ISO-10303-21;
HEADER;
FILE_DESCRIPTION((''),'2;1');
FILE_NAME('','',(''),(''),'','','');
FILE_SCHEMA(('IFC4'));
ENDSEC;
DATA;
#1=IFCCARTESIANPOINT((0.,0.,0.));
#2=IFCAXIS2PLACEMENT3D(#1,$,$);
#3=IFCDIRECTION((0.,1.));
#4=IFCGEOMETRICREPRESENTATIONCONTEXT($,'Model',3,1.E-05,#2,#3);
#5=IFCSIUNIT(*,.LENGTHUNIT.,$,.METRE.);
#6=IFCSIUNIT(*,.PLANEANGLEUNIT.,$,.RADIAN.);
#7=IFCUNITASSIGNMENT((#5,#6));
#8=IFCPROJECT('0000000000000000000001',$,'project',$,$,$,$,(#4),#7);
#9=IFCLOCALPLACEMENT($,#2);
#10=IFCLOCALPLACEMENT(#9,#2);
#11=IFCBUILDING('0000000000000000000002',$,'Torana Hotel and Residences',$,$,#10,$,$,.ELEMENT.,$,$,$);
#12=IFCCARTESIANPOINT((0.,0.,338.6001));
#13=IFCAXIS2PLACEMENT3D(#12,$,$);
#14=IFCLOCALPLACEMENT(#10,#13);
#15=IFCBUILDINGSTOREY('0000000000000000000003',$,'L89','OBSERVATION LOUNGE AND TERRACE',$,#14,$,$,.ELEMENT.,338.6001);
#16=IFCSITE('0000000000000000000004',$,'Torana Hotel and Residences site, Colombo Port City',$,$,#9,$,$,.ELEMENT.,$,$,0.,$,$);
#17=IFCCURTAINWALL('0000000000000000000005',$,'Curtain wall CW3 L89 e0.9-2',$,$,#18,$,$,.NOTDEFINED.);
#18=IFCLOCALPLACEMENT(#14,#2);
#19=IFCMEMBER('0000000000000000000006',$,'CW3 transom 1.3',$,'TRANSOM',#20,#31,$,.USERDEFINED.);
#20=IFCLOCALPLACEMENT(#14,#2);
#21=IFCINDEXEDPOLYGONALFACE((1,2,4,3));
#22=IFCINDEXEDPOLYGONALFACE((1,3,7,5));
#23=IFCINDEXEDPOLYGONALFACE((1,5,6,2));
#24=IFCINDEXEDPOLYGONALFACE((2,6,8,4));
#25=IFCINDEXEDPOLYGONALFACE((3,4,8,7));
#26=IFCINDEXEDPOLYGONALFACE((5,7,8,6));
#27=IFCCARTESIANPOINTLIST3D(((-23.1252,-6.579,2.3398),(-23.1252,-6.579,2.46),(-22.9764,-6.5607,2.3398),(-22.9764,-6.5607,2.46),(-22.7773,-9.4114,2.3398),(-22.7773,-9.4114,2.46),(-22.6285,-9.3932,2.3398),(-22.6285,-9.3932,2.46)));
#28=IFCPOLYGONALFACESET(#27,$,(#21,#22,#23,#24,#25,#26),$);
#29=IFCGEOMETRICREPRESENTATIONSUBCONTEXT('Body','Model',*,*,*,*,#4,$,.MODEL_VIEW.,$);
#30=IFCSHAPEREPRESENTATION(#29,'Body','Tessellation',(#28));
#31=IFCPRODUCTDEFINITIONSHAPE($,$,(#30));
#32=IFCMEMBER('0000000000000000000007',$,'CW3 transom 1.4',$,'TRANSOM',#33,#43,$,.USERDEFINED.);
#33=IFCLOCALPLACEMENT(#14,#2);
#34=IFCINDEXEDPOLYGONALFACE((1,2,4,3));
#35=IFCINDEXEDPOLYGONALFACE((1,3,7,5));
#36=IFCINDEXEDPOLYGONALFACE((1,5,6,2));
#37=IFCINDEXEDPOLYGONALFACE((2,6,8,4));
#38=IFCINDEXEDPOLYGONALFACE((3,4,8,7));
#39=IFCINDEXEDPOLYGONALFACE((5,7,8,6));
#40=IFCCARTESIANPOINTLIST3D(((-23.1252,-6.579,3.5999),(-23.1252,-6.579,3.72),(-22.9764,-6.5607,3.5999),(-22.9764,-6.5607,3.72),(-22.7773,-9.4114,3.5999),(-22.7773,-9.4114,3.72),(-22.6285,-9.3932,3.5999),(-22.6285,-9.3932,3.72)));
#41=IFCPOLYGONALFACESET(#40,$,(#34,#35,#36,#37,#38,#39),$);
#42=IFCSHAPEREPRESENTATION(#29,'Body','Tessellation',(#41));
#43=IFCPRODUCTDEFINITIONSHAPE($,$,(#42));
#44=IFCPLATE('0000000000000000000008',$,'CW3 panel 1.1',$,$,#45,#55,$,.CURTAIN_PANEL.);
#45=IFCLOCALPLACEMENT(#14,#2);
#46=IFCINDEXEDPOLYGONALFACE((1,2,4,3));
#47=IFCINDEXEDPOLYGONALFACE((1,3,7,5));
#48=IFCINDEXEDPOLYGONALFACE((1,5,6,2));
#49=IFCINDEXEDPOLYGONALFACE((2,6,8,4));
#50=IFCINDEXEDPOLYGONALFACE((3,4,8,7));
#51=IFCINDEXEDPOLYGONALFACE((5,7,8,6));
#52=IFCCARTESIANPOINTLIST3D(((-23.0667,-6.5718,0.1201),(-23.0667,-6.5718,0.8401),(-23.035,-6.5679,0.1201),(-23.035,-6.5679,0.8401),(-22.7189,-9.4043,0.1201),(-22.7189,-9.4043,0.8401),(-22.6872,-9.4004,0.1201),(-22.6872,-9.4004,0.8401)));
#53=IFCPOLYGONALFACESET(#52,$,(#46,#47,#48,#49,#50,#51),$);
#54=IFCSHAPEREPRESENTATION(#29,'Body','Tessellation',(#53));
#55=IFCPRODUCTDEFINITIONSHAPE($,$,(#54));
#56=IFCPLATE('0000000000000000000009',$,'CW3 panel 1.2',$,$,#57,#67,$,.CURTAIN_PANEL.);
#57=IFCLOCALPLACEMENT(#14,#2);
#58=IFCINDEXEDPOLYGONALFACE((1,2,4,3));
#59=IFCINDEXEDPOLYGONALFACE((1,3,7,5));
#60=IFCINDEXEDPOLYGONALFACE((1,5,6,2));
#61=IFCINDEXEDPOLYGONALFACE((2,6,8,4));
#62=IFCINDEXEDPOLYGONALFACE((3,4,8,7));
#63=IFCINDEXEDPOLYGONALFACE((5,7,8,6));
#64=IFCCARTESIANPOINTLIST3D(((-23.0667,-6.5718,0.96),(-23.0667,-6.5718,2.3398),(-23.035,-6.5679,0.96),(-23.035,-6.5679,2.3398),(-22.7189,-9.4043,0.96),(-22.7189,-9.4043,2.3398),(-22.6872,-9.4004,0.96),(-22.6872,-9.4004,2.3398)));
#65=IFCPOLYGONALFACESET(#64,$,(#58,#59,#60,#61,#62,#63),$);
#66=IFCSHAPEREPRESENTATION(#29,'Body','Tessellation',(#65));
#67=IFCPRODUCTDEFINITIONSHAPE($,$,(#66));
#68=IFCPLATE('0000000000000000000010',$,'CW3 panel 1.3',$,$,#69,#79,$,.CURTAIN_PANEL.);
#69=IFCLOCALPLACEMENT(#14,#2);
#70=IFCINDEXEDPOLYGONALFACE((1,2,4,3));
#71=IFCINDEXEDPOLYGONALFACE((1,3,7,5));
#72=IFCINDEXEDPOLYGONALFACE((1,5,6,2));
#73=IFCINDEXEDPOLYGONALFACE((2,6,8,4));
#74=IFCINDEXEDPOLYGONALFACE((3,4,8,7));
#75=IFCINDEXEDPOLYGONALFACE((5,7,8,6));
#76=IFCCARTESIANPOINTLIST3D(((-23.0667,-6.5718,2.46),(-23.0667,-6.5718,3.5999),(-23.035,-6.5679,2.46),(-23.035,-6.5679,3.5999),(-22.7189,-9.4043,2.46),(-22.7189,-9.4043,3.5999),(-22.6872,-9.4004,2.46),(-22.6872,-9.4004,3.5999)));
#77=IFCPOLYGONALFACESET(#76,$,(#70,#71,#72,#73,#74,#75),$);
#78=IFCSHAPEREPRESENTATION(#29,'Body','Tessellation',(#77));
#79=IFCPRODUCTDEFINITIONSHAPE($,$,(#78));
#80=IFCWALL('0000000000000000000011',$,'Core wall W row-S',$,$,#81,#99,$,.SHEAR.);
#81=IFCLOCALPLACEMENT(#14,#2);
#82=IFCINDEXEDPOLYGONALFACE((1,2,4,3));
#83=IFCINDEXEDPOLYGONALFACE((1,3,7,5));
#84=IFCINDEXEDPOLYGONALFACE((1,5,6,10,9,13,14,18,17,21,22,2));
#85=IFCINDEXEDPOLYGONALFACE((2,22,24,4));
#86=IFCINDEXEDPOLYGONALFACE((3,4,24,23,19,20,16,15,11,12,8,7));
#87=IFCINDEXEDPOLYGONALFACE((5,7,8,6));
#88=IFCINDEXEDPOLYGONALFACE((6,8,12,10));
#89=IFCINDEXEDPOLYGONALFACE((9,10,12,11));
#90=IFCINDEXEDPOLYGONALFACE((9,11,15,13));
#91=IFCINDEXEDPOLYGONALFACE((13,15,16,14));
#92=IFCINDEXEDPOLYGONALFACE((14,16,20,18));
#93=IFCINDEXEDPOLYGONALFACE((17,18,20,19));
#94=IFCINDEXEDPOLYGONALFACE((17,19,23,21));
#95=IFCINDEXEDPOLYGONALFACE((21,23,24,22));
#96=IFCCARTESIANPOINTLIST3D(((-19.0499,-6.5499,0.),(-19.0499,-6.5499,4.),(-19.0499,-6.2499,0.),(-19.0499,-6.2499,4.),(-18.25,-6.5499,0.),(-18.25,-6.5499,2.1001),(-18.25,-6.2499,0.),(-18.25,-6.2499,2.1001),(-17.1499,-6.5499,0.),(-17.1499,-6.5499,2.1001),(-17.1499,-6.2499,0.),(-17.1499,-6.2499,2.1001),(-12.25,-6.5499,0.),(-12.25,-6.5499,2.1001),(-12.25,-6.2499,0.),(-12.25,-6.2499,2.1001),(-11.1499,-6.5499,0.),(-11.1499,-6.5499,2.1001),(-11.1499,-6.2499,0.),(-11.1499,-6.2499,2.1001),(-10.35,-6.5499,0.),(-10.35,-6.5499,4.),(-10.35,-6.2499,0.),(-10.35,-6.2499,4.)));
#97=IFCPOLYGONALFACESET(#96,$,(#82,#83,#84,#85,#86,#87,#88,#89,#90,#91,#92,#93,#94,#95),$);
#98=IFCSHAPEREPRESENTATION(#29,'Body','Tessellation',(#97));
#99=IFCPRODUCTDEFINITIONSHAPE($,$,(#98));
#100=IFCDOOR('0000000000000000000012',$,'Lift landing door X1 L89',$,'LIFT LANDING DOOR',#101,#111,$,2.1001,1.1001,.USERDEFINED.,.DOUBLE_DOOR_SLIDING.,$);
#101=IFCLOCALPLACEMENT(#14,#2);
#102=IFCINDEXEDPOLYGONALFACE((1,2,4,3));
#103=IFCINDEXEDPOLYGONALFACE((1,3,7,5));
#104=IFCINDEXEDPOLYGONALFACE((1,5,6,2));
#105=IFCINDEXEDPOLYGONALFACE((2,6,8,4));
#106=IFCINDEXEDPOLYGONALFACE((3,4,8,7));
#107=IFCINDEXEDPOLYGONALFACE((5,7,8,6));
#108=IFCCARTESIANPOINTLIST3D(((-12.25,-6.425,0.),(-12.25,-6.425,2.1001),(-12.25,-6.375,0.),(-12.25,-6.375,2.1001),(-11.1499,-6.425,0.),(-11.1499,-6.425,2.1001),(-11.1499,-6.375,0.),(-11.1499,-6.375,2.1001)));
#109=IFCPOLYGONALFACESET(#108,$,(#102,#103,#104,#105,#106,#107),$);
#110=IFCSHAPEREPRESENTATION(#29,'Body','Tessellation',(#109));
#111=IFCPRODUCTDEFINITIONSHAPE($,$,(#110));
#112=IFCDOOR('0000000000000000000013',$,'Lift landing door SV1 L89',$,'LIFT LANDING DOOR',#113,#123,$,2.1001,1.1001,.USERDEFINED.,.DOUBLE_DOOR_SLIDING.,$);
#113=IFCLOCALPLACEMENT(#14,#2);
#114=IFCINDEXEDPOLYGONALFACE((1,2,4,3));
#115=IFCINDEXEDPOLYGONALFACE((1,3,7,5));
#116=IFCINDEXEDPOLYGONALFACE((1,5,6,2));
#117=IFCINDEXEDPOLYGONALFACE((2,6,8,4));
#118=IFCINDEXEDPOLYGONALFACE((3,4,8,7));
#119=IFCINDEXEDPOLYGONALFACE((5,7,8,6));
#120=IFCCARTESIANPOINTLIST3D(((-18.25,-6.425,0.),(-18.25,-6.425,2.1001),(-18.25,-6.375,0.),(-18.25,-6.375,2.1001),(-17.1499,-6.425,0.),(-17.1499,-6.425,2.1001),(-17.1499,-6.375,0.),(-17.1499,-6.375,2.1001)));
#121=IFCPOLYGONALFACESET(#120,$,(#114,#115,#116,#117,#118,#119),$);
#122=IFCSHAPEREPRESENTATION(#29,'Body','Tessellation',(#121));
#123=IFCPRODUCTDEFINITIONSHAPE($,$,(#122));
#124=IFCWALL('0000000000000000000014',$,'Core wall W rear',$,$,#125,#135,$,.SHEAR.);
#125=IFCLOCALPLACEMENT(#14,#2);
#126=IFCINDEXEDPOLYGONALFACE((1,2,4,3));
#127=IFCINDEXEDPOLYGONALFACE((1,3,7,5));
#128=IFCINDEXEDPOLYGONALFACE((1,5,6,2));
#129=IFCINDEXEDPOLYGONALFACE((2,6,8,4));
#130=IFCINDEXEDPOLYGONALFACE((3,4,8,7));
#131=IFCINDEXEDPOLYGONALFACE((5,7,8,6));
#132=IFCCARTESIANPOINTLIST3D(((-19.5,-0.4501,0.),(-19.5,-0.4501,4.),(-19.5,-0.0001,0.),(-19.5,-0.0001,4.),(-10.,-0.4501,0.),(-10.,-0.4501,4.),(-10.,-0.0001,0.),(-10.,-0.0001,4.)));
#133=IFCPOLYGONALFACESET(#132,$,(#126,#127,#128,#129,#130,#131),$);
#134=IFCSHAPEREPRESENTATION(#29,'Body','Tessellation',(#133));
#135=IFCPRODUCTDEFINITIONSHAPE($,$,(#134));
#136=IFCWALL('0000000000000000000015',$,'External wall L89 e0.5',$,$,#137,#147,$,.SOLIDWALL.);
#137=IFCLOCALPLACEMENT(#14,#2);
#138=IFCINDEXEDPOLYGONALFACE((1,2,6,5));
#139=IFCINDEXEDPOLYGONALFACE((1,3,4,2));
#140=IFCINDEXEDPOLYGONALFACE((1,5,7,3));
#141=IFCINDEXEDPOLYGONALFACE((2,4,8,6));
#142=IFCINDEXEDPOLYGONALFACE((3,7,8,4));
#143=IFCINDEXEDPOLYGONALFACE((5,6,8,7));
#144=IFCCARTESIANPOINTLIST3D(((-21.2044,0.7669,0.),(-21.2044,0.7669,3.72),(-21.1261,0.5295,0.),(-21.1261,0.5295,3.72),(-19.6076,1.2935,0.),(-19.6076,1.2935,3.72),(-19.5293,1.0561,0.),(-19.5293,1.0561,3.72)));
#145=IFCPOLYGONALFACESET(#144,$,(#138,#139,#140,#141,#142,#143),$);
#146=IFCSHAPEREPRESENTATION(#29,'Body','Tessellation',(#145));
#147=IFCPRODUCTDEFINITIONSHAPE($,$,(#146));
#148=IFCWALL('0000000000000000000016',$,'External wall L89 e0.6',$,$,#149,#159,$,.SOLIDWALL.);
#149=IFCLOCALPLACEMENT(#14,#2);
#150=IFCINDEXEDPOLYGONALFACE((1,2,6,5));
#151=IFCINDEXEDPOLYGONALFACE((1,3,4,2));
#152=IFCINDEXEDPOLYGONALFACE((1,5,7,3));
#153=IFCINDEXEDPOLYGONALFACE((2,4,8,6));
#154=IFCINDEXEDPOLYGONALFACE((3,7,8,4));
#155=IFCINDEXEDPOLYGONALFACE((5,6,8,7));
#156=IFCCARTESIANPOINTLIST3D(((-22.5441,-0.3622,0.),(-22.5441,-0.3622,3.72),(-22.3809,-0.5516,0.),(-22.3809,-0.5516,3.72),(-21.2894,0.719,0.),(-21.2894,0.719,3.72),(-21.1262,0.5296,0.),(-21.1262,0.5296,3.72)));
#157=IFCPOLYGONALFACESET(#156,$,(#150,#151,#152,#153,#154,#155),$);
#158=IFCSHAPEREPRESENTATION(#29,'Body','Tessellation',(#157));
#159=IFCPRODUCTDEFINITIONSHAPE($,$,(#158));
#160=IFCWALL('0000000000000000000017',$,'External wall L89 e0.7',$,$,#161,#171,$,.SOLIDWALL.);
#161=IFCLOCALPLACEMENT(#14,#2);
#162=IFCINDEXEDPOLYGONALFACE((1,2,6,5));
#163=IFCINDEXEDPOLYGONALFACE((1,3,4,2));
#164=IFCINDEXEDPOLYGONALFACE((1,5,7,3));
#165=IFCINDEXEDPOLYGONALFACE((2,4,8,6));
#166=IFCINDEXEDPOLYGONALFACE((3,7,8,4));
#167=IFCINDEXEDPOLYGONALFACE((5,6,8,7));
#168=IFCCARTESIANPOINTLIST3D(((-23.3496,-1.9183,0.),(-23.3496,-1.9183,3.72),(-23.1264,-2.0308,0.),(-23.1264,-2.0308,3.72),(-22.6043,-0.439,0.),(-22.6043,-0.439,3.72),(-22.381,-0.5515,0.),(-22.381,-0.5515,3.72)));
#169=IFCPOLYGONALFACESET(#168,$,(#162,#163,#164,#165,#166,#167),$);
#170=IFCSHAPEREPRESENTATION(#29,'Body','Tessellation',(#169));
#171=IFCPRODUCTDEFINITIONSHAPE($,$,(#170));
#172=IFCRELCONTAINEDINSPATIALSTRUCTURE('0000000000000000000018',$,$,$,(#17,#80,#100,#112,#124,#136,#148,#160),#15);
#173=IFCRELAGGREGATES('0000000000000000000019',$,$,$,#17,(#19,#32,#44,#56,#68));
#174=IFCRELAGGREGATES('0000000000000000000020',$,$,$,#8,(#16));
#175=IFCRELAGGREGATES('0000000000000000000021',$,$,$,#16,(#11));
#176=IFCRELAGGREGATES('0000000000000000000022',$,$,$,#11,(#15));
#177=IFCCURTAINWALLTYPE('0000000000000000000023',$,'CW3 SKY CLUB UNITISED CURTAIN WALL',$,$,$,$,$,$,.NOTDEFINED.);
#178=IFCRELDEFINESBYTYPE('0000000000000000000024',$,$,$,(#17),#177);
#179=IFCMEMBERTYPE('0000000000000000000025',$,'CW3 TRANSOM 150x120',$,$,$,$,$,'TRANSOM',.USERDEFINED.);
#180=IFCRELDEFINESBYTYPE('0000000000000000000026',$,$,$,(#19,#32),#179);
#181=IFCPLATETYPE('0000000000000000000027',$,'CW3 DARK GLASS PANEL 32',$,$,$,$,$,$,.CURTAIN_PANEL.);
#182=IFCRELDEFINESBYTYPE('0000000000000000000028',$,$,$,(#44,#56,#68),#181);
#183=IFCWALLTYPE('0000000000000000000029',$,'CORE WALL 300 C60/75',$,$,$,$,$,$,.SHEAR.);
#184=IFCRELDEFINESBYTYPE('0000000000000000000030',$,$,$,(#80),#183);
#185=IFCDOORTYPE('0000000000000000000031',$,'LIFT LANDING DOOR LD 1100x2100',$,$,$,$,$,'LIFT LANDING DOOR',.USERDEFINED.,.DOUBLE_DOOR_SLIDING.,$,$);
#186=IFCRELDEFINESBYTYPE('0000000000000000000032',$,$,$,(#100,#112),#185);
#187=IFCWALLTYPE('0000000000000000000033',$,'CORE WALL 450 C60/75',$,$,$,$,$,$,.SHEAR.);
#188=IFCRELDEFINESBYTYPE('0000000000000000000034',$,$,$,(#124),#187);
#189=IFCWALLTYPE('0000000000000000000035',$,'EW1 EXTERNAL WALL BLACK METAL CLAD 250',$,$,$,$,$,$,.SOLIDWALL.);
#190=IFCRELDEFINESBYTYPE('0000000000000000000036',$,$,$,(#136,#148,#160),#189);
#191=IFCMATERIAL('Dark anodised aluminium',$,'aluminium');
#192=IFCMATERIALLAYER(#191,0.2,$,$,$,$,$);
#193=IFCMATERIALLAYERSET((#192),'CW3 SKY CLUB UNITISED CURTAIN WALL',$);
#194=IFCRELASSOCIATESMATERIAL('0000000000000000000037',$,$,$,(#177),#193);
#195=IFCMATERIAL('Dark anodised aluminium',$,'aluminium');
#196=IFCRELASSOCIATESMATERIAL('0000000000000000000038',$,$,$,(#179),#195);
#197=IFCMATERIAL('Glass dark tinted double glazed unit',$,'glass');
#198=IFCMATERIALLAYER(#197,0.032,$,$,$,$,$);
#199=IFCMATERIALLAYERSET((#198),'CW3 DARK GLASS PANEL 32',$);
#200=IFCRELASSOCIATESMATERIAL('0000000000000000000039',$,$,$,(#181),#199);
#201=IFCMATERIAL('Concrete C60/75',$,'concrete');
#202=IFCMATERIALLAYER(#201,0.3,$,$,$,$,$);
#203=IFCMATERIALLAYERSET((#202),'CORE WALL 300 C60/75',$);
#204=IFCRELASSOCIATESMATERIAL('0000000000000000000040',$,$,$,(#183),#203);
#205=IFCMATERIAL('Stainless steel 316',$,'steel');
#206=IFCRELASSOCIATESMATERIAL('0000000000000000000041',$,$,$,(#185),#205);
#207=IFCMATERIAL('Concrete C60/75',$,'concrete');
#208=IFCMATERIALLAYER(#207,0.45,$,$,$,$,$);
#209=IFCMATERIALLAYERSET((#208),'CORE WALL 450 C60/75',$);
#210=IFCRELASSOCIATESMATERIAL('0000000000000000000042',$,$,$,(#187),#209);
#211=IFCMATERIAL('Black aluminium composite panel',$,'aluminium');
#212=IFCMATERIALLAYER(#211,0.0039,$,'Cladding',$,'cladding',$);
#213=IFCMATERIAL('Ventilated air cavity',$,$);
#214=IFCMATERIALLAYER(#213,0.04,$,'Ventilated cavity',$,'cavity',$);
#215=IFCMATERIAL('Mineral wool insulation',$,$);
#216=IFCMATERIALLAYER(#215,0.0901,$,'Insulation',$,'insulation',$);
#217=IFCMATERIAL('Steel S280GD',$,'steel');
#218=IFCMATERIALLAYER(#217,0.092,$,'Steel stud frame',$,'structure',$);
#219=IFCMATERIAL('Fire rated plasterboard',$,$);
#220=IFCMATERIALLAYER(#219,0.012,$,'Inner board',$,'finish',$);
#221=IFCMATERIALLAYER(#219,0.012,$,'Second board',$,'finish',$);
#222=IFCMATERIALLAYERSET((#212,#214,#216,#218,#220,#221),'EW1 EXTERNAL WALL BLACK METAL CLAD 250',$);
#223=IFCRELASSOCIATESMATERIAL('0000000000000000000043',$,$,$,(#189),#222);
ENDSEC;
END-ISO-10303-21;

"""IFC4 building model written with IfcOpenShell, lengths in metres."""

from ifc_helpers import new_model, si_unit, direction, frame, frame_2d, origin, origin_2d, place, context, subcontext, project, spatial, rectangle, extrude, material, layer, layer_set, material_profile, profile_set, type_object, element, fill, aggregate, save


model = new_model("IFC4")

# Units and contexts
model_context = context("Model", 3, precision=1e-05, world=origin(), true_north=direction((0.0, 1.0)))
body_context = subcontext(model_context, "Body", "Model", "MODEL_VIEW")
ifc_project = project(units=[si_unit("LENGTHUNIT", "METRE"), si_unit("PLANEANGLEUNIT", "RADIAN")], contexts=[model_context])

# Site, building, storey
site_placement = place(None, origin())
site = spatial("IfcSite", under=ifc_project, at=site_placement, Name="Torana Hotel and Residences site, Colombo Port City", CompositionType="ELEMENT", RefElevation=0.0)
building_placement = place(site_placement, origin())
building = spatial("IfcBuilding", under=site, at=building_placement, Name="Torana Hotel and Residences", CompositionType="ELEMENT")
storey_placement = place(building_placement, frame((0.0, 0.0, 338.6001)))
storey = spatial("IfcBuildingStorey", under=building, at=storey_placement, Name="L89", Description="OBSERVATION LOUNGE AND TERRACE", CompositionType="ELEMENT", Elevation=338.6001)

# Curtain wall, members, plates
ifc_material_1 = material(Name="Dark anodised aluminium", Category="aluminium")
ifc_layer_1 = layer(ifc_material_1, 0.2)
ifc_layer_set_1 = layer_set([ifc_layer_1], Name="CW3 SKY CLUB UNITISED CURTAIN WALL")
curtain_wall_type = type_object("IfcCurtainWallType", Name="CW3 SKY CLUB UNITISED CURTAIN WALL", PredefinedType="NOTDEFINED", material=ifc_layer_set_1)
curtain_wall_placement = place(storey_placement, origin())
curtain_wall = element("IfcCurtainWall", 1, at=curtain_wall_placement, inside=storey, type_object=curtain_wall_type, Name="Curtain wall CW3 L89 e0.9-2", PredefinedType="NOTDEFINED")
ifc_material_2 = material(Name="Dark anodised aluminium", Category="aluminium")
ifc_material_profile_1 = material_profile(ifc_material_2, rectangle(XDim=0.1499, YDim=0.1201, at=origin_2d()), Name="CW3 TRANSOM 150x120")
ifc_profile_set_1 = profile_set([ifc_material_profile_1], Name="Dark anodised aluminium")
member_type_1 = type_object("IfcMemberType", Name="CW3 TRANSOM 150x120", ElementType="TRANSOM", PredefinedType="USERDEFINED", material=ifc_profile_set_1)
member_1_placement = place(storey_placement, frame((-23.0508, -6.5698, 2.3999), z_axis=(0.121908, -0.992541, 0.0), x_axis=(0.992541, 0.121908, 0.0)))
member_1 = element("IfcMember", 2, at=member_1_placement, type_object=member_type_1, Name="CW3 transom 1.3", ObjectType="TRANSOM", PredefinedType="USERDEFINED", context=body_context, shape_type="SweptSolid", body=[
    extrude(rectangle(XDim=0.1499, YDim=0.1201, at=origin_2d()), origin(), (0.0, 0.0, 1.0), 2.8538),
])
member_2_placement = place(storey_placement, frame((-23.0508, -6.5698, 3.6599), z_axis=(0.121908, -0.992541, 0.0), x_axis=(0.992541, 0.121908, 0.0)))
member_2 = element("IfcMember", 3, at=member_2_placement, type_object=member_type_1, Name="CW3 transom 1.4", ObjectType="TRANSOM", PredefinedType="USERDEFINED", context=body_context, shape_type="SweptSolid", body=[
    extrude(rectangle(XDim=0.1499, YDim=0.1201, at=origin_2d()), origin(), (0.0, 0.0, 1.0), 2.8538),
])
ifc_material_3 = material(Name="Glass dark tinted double glazed unit", Category="glass")
ifc_layer_2 = layer(ifc_material_3, 0.032)
ifc_layer_set_2 = layer_set([ifc_layer_2], Name="CW3 DARK GLASS PANEL 32")
plate_type = type_object("IfcPlateType", Name="CW3 DARK GLASS PANEL 32", PredefinedType="CURTAIN_PANEL", material=ifc_layer_set_2)
plate_1_placement = place(storey_placement, frame((-22.877, -7.9861, 0.1201), z_axis=(0.0, 0.0, 1.0), x_axis=(0.121876, -0.992545, 0.0)))
plate_1 = element("IfcPlate", 4, at=plate_1_placement, type_object=plate_type, Name="CW3 panel 1.1", PredefinedType="CURTAIN_PANEL", context=body_context, shape_type="SweptSolid", body=[
    extrude(rectangle(XDim=2.8538, YDim=0.032, at=origin_2d()), origin(), (0.0, 0.0, 1.0), 0.72),
])
plate_2_placement = place(storey_placement, frame((-22.877, -7.9861, 0.96), z_axis=(0.0, 0.0, 1.0), x_axis=(0.121876, -0.992545, 0.0)))
plate_2 = element("IfcPlate", 5, at=plate_2_placement, type_object=plate_type, Name="CW3 panel 1.2", PredefinedType="CURTAIN_PANEL", context=body_context, shape_type="SweptSolid", body=[
    extrude(rectangle(XDim=2.8538, YDim=0.032, at=origin_2d()), origin(), (0.0, 0.0, 1.0), 1.3799),
])
plate_3_placement = place(storey_placement, frame((-22.877, -7.9861, 2.46), z_axis=(0.0, 0.0, 1.0), x_axis=(0.121876, -0.992545, 0.0)))
plate_3 = element("IfcPlate", 6, at=plate_3_placement, type_object=plate_type, Name="CW3 panel 1.3", PredefinedType="CURTAIN_PANEL", context=body_context, shape_type="SweptSolid", body=[
    extrude(rectangle(XDim=2.8538, YDim=0.032, at=origin_2d()), origin(), (0.0, 0.0, 1.0), 1.1399),
])
aggregate(curtain_wall, [member_1, member_2, plate_1, plate_2, plate_3])

# Wall, openings, doors
ifc_material_4 = material(Name="Concrete C60/75", Category="concrete")
ifc_layer_3 = layer(ifc_material_4, 0.3)
ifc_layer_set_3 = layer_set([ifc_layer_3], Name="CORE WALL 300 C60/75")
wall_type_1 = type_object("IfcWallType", Name="CORE WALL 300 C60/75", PredefinedType="SHEAR", material=ifc_layer_set_3)
wall_1_placement = place(storey_placement, frame((-19.05, -6.3999, 0.0), z_axis=(0.0, 0.0, 1.0), x_axis=(1.0, 0.0, 0.0)))
wall_1 = element("IfcWall", 7, at=wall_1_placement, inside=storey, type_object=wall_type_1, Name="Core wall W row-S", PredefinedType="SHEAR", context=body_context, shape_type="SweptSolid", body=[
    extrude(rectangle(XDim=8.7, YDim=0.3, at=frame_2d((4.3501, 0.0))), origin(), (0.0, 0.0, 1.0), 4.0),
])
opening_1_placement = place(wall_1_placement, frame((6.8, 0.0, 0.0)))
opening_1 = element("IfcOpeningElement", 8, at=opening_1_placement, cuts=wall_1, PredefinedType="OPENING", context=body_context, shape_type="SweptSolid", body=[
    extrude(rectangle(XDim=1.1001, YDim=2.1001, at=frame_2d((0.55, 1.05))), frame((0.0, 0.1599, 0.0), z_axis=(0.0, -1.0, 0.0), x_axis=(1.0, 0.0, 0.0)), (0.0, 0.0, 1.0), 0.3201),
])
opening_2_placement = place(wall_1_placement, frame((0.8, 0.0, 0.0)))
opening_2 = element("IfcOpeningElement", 9, at=opening_2_placement, cuts=wall_1, PredefinedType="OPENING", context=body_context, shape_type="SweptSolid", body=[
    extrude(rectangle(XDim=1.1001, YDim=2.1001, at=frame_2d((0.55, 1.05))), frame((0.0, 0.1599, 0.0), z_axis=(0.0, -1.0, 0.0), x_axis=(1.0, 0.0, 0.0)), (0.0, 0.0, 1.0), 0.3201),
])
ifc_material_5 = material(Name="Stainless steel 316", Category="steel")
door_type_1 = type_object("IfcDoorType", Name="LIFT LANDING DOOR LD 1100x2100", ElementType="LIFT LANDING DOOR", OperationType="DOUBLE_DOOR_SLIDING", PredefinedType="USERDEFINED", material=ifc_material_5)
door_1_placement = place(opening_1_placement, origin())
door_1 = element("IfcDoor", 10, at=door_1_placement, inside=storey, type_object=door_type_1, Name="Lift landing door X1 L89", ObjectType="LIFT LANDING DOOR", OperationType="DOUBLE_DOOR_SLIDING", OverallHeight=2.1001, OverallWidth=1.1001, PredefinedType="USERDEFINED", context=body_context, shape_type="SweptSolid", body=[
    extrude(rectangle(XDim=1.1001, YDim=2.1001, at=frame_2d((0.55, 1.05))), frame((0.0, 0.0249, 0.0), z_axis=(0.0, -1.0, 0.0), x_axis=(1.0, 0.0, 0.0)), (0.0, 0.0, 1.0), 0.05),
])
fill(opening_1, door_1)
door_2_placement = place(opening_2_placement, origin())
door_2 = element("IfcDoor", 11, at=door_2_placement, inside=storey, type_object=door_type_1, Name="Lift landing door SV1 L89", ObjectType="LIFT LANDING DOOR", OperationType="DOUBLE_DOOR_SLIDING", OverallHeight=2.1001, OverallWidth=1.1001, PredefinedType="USERDEFINED", context=body_context, shape_type="SweptSolid", body=[
    extrude(rectangle(XDim=1.1001, YDim=2.1001, at=frame_2d((0.55, 1.05))), frame((0.0, 0.0249, 0.0), z_axis=(0.0, -1.0, 0.0), x_axis=(1.0, 0.0, 0.0)), (0.0, 0.0, 1.0), 0.05),
])
fill(opening_2, door_2)

# Walls
ifc_material_6 = material(Name="Concrete C60/75", Category="concrete")
ifc_layer_4 = layer(ifc_material_6, 0.45)
ifc_layer_set_4 = layer_set([ifc_layer_4], Name="CORE WALL 450 C60/75")
wall_type_2 = type_object("IfcWallType", Name="CORE WALL 450 C60/75", PredefinedType="SHEAR", material=ifc_layer_set_4)
wall_2_placement = place(storey_placement, frame((-19.5, -0.2251, 0.0), z_axis=(0.0, 0.0, 1.0), x_axis=(1.0, 0.0, 0.0)))
element("IfcWall", 12, at=wall_2_placement, inside=storey, type_object=wall_type_2, Name="Core wall W rear", PredefinedType="SHEAR", context=body_context, shape_type="SweptSolid", body=[
    extrude(rectangle(XDim=9.5, YDim=0.45, at=frame_2d((4.75, 0.0))), origin(), (0.0, 0.0, 1.0), 4.0),
])
ifc_material_7 = material(Name="Black aluminium composite panel", Category="aluminium")
ifc_layer_5 = layer(ifc_material_7, 0.0039, Name="Cladding", Category="cladding")
ifc_material_8 = material(Name="Ventilated air cavity")
ifc_layer_6 = layer(ifc_material_8, 0.04, Name="Ventilated cavity", Category="cavity")
ifc_material_9 = material(Name="Mineral wool insulation")
ifc_layer_7 = layer(ifc_material_9, 0.0901, Name="Insulation", Category="insulation")
ifc_material_10 = material(Name="Steel S280GD", Category="steel")
ifc_layer_8 = layer(ifc_material_10, 0.092, Name="Steel stud frame", Category="structure")
ifc_material_11 = material(Name="Fire rated plasterboard")
ifc_layer_9 = layer(ifc_material_11, 0.012, Name="Inner board", Category="finish")
ifc_layer_10 = layer(ifc_material_11, 0.012, Name="Second board", Category="finish")
ifc_layer_set_5 = layer_set([ifc_layer_5, ifc_layer_6, ifc_layer_7, ifc_layer_8, ifc_layer_9, ifc_layer_10], Name="EW1 EXTERNAL WALL BLACK METAL CLAD 250")
wall_type_3 = type_object("IfcWallType", Name="EW1 EXTERNAL WALL BLACK METAL CLAD 250", PredefinedType="SOLIDWALL", material=ifc_layer_set_5)
wall_3_placement = place(storey_placement, frame((-19.5684, 1.1748, 0.0), z_axis=(0.0, 0.0, 1.0), x_axis=(-0.949695, -0.313177, 0.0)))
element("IfcWall", 13, at=wall_3_placement, inside=storey, type_object=wall_type_3, Name="External wall L89 e0.5", PredefinedType="SOLIDWALL", context=body_context, shape_type="SweptSolid", body=[
    extrude(rectangle(XDim=1.6814, YDim=0.25, at=frame_2d((0.8408, 0.0))), origin(), (0.0, 0.0, 1.0), 3.72),
])
wall_4_placement = place(storey_placement, frame((-21.2078, 0.6243, 0.0), z_axis=(0.0, 0.0, 1.0), x_axis=(-0.757568, -0.652756, 0.0)))
element("IfcWall", 14, at=wall_4_placement, inside=storey, type_object=wall_type_3, Name="External wall L89 e0.6", PredefinedType="SOLIDWALL", context=body_context, shape_type="SweptSolid", body=[
    extrude(rectangle(XDim=1.6562, YDim=0.25, at=frame_2d((0.8281, 0.0))), origin(), (0.0, 0.0, 1.0), 3.72),
])
wall_5_placement = place(storey_placement, frame((-22.4927, -0.4954, 0.0), z_axis=(0.0, 0.0, 1.0), x_axis=(-0.449982, -0.893037, 0.0)))
element("IfcWall", 15, at=wall_5_placement, inside=storey, type_object=wall_type_3, Name="External wall L89 e0.7", PredefinedType="SOLIDWALL", context=body_context, shape_type="SweptSolid", body=[
    extrude(rectangle(XDim=1.6565, YDim=0.25, at=frame_2d((0.8281, 0.0))), origin(), (0.0, 0.0, 1.0), 3.72),
])

save(model, "model.ifc")
